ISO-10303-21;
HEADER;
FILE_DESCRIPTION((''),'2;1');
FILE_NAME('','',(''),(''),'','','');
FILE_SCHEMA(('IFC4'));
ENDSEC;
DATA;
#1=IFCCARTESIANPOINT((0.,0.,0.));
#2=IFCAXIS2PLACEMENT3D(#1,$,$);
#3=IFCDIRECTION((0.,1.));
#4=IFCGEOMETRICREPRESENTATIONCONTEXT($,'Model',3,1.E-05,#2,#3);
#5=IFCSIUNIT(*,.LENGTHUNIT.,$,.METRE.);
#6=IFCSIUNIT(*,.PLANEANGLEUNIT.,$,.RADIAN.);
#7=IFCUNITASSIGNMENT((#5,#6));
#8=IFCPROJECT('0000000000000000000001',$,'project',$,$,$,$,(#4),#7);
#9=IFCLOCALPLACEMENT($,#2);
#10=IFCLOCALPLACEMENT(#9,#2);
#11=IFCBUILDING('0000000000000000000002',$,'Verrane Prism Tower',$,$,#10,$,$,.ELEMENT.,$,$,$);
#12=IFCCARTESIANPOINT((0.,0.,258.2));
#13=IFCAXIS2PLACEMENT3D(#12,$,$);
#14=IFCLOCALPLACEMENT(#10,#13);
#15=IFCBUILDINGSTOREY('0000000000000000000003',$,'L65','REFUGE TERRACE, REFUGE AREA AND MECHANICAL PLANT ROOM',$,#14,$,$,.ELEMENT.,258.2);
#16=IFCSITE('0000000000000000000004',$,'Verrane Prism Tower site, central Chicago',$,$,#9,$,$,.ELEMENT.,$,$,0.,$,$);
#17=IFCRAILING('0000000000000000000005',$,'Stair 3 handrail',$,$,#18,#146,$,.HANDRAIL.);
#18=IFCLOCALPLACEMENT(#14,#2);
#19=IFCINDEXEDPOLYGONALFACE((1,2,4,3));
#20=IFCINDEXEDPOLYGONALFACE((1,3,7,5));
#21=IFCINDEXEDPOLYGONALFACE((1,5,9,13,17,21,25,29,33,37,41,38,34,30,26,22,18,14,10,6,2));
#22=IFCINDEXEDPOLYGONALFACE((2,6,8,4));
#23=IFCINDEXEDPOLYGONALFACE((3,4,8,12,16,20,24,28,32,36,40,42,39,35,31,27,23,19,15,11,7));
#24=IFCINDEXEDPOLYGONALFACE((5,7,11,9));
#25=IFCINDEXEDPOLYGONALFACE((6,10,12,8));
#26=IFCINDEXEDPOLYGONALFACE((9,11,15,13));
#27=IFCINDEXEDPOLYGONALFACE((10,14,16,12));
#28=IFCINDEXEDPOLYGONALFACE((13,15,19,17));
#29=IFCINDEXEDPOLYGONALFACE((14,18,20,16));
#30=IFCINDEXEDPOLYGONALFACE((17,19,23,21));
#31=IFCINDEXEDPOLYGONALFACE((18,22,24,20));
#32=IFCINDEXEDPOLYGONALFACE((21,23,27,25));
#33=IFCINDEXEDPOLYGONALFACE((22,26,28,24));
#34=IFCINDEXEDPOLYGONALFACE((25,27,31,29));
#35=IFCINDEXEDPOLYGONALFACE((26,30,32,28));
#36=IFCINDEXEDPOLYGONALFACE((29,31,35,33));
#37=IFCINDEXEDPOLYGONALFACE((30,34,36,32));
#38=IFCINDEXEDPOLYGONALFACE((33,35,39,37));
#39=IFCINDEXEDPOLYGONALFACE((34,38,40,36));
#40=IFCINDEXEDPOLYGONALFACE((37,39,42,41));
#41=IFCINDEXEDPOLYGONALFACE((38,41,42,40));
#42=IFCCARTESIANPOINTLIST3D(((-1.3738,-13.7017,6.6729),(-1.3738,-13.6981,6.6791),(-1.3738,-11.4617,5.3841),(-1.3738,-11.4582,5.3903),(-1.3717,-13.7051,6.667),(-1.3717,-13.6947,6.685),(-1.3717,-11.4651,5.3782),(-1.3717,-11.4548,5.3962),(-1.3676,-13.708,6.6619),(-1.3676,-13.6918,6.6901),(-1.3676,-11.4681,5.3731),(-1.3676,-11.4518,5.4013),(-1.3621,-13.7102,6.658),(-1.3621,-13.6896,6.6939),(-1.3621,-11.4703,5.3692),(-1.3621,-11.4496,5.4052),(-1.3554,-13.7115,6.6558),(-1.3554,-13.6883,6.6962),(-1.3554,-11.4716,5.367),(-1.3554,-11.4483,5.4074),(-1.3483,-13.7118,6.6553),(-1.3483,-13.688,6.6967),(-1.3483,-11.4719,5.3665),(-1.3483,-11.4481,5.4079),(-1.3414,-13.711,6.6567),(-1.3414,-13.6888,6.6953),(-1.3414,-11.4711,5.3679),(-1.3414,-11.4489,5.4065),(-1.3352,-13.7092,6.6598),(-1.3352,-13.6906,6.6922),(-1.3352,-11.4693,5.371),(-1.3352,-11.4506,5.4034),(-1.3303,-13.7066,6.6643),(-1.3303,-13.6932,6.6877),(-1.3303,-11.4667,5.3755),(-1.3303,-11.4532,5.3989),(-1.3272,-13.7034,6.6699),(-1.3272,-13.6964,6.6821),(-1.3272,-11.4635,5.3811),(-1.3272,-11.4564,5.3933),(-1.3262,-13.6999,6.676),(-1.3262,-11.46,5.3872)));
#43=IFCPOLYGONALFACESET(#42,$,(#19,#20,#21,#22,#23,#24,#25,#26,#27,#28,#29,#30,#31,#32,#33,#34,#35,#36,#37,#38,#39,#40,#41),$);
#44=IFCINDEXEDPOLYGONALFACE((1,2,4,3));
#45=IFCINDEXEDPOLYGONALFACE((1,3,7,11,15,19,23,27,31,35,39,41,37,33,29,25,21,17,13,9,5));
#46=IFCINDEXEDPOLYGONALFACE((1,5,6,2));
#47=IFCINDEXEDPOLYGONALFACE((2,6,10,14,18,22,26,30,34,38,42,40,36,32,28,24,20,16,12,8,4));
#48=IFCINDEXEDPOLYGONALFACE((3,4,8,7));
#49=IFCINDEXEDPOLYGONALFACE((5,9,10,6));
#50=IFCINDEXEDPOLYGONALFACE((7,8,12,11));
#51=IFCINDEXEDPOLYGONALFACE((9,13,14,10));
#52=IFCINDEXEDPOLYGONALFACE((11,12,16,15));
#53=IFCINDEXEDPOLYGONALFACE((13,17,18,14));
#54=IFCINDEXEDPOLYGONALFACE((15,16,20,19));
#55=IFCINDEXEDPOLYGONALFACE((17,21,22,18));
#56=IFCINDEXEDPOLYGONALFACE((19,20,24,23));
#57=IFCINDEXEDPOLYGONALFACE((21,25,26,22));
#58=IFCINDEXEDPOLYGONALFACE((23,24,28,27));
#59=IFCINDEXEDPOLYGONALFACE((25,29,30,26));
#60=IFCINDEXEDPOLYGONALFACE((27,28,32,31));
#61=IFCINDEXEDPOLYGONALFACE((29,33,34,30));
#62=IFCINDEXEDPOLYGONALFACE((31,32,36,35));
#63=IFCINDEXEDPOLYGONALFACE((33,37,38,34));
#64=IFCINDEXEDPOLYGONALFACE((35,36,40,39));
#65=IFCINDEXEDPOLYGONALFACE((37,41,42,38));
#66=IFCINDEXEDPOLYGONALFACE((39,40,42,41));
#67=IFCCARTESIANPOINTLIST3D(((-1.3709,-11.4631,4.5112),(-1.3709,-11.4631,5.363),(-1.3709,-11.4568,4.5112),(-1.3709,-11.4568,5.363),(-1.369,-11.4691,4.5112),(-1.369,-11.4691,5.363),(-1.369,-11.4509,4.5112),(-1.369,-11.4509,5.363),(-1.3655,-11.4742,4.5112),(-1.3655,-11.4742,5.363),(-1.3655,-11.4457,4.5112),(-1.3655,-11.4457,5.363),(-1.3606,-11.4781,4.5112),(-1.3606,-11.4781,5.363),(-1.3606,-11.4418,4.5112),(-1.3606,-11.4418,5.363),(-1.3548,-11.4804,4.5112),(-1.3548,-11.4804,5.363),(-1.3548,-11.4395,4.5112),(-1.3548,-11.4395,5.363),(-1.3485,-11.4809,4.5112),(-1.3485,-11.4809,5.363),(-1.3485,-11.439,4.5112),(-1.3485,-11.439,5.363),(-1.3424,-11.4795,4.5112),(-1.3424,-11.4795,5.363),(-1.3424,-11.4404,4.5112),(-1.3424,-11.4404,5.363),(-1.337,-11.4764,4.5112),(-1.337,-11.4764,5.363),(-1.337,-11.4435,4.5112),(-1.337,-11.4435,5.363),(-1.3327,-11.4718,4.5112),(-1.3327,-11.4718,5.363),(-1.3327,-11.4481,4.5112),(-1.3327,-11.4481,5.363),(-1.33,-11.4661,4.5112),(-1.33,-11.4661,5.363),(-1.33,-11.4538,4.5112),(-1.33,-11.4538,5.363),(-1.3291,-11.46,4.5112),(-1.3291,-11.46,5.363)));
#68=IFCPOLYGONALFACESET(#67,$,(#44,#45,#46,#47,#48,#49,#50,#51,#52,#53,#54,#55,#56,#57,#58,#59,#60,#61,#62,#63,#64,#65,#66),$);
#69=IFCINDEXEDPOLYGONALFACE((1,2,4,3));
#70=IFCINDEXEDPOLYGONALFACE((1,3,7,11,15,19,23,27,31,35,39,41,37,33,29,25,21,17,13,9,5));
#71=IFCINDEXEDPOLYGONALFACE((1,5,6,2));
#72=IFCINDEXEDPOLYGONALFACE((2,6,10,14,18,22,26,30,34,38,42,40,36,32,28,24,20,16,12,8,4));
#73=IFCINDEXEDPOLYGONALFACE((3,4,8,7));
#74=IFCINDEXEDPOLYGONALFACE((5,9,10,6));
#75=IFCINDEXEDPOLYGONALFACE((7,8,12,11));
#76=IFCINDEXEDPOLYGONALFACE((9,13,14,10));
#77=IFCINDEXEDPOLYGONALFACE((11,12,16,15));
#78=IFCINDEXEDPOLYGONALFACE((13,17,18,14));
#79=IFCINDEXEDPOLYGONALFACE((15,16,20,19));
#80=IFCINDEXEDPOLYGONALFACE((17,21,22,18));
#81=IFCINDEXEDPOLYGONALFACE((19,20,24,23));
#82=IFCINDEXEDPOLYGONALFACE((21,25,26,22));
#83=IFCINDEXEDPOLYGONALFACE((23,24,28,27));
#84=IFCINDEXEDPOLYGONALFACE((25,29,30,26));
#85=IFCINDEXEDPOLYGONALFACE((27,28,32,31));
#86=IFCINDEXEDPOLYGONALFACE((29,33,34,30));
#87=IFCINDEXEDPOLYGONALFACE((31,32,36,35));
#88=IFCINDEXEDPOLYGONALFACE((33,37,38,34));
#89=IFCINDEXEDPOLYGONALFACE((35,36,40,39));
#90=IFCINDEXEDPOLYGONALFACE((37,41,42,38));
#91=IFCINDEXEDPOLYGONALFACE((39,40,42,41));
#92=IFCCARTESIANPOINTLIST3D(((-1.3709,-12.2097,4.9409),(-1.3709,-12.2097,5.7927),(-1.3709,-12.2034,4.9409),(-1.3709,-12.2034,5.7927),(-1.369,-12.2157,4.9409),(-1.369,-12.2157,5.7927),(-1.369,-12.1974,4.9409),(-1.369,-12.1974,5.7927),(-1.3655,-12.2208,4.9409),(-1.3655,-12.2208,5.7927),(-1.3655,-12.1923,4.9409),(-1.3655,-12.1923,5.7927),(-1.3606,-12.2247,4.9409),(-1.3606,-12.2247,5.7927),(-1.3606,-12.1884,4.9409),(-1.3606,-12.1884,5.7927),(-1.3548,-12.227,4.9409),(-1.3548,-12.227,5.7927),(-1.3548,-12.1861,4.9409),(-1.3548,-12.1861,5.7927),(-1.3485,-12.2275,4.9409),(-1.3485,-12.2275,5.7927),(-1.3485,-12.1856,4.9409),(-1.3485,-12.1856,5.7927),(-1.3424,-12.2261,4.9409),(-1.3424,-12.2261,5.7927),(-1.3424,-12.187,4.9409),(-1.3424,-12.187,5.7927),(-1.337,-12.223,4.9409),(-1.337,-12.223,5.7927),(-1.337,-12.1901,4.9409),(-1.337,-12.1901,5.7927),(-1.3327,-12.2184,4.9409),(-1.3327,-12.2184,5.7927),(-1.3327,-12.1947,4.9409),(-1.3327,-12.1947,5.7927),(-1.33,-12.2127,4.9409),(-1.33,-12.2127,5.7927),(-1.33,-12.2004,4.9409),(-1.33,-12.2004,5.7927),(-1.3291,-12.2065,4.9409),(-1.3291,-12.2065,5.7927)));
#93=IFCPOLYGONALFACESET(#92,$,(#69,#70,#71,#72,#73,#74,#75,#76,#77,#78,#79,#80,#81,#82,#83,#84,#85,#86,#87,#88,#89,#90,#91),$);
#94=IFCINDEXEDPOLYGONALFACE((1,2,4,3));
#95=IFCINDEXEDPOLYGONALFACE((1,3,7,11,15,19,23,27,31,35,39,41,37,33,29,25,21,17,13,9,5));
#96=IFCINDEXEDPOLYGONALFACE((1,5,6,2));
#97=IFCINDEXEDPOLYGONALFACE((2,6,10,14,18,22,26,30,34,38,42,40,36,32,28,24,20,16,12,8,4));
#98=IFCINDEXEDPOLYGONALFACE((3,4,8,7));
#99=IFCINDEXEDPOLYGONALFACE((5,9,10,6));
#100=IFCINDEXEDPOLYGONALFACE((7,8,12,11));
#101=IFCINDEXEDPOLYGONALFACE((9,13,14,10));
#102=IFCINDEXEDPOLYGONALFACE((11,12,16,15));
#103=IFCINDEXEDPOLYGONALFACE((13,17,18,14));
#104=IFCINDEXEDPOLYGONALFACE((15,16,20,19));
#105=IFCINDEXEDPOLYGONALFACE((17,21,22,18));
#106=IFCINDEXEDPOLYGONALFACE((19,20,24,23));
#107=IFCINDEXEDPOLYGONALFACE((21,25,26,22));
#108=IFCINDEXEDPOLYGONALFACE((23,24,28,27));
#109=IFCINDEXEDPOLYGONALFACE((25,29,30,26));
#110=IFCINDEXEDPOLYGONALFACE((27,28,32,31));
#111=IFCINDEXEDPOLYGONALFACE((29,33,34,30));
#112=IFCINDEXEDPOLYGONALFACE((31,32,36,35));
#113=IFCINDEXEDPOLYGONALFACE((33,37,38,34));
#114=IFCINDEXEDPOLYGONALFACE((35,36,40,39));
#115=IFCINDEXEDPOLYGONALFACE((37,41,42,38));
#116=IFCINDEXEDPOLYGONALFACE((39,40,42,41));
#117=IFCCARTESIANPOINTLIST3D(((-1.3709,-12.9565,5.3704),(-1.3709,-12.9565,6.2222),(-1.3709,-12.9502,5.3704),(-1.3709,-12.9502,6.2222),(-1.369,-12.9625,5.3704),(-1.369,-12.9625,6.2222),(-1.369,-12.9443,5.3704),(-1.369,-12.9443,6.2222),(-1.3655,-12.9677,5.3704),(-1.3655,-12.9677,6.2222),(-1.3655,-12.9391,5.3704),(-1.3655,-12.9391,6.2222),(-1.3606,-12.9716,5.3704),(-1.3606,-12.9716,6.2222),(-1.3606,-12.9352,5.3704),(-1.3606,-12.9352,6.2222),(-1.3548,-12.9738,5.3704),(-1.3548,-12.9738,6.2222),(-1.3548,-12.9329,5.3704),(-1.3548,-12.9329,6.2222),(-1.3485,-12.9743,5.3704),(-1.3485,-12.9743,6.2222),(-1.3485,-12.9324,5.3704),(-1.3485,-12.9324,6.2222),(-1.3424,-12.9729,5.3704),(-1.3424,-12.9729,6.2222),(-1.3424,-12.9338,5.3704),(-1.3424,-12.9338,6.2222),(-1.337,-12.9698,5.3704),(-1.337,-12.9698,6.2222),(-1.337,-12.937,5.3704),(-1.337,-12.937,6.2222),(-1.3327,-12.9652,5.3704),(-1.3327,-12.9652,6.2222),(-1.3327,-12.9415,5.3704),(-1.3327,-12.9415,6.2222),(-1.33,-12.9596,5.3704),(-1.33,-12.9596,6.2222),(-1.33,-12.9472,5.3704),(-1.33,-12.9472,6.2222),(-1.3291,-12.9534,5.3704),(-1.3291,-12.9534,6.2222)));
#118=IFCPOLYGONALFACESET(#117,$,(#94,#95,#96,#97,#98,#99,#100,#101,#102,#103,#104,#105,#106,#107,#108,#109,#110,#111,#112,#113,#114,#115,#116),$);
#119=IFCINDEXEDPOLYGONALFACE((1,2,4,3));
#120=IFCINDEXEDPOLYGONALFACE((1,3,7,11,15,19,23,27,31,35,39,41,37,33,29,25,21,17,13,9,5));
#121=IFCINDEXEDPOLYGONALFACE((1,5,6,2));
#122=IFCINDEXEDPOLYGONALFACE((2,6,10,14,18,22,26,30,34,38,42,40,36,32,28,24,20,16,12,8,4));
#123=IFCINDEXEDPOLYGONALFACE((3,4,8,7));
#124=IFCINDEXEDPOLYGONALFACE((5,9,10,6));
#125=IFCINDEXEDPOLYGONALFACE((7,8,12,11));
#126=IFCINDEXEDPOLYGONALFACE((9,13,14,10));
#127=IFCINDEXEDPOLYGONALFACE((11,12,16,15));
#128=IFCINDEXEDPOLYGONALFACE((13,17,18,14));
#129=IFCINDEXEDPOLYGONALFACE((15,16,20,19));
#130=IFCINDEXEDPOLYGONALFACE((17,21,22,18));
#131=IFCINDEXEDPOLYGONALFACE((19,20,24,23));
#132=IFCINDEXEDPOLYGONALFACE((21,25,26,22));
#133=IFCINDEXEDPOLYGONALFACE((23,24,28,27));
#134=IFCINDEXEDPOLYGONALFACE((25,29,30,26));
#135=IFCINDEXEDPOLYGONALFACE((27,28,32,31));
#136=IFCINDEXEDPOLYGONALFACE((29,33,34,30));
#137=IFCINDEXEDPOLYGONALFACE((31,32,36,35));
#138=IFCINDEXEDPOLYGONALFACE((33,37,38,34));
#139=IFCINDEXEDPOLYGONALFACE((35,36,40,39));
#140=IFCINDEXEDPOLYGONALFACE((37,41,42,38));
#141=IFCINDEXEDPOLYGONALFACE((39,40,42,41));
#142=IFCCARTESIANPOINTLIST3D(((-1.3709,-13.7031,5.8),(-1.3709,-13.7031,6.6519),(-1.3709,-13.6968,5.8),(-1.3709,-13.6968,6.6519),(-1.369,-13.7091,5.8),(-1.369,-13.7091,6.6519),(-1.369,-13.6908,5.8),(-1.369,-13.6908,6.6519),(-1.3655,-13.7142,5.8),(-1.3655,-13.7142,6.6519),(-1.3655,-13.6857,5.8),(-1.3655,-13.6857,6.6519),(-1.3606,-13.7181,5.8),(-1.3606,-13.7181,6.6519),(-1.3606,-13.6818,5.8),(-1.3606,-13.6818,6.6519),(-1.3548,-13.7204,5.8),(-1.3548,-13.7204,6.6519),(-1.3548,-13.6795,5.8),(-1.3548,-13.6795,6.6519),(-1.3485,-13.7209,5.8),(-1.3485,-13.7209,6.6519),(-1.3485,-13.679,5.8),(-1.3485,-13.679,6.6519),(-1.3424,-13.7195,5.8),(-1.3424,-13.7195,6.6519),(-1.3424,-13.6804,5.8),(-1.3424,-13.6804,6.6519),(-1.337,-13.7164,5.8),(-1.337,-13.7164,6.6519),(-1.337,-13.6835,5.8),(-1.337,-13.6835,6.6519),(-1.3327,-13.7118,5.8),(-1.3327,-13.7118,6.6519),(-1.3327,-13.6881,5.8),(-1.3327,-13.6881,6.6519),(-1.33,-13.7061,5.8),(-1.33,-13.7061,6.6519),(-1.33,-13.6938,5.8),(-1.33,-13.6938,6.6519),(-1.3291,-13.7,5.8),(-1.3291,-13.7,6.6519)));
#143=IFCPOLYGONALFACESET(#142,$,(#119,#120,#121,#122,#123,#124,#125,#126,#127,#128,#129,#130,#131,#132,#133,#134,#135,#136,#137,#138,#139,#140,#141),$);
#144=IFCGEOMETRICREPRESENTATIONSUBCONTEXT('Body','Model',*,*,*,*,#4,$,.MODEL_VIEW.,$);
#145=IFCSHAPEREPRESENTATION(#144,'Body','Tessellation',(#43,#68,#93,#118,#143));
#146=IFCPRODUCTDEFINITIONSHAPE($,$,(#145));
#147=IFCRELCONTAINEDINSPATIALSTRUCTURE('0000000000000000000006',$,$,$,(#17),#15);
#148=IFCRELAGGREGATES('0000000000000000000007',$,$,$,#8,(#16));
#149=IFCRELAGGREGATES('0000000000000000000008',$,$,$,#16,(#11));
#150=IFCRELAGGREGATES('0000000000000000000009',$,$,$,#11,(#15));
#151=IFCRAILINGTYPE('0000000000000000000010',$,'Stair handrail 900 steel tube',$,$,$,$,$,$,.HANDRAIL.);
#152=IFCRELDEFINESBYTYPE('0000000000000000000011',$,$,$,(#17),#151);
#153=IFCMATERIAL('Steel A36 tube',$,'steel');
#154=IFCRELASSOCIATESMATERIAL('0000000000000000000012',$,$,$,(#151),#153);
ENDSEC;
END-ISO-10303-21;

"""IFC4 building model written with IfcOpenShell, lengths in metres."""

from ifc_helpers import new_model, si_unit, direction, frame, origin, origin_2d, place, context, subcontext, project, spatial, circle, extrude, material, type_object, element, save


model = new_model("IFC4")

# Units and contexts
model_context = context("Model", 3, precision=1e-05, world=origin(), true_north=direction((0.0, 1.0)))
body_context = subcontext(model_context, "Body", "Model", "MODEL_VIEW")
ifc_project = project(units=[si_unit("LENGTHUNIT", "METRE"), si_unit("PLANEANGLEUNIT", "RADIAN")], contexts=[model_context])

# Site, building, storey
site_placement = place(None, origin())
site = spatial("IfcSite", under=ifc_project, at=site_placement, Name="Verrane Prism Tower site, central Chicago", CompositionType="ELEMENT", RefElevation=0.0)
building_placement = place(site_placement, origin())
building = spatial("IfcBuilding", under=site, at=building_placement, Name="Verrane Prism Tower", CompositionType="ELEMENT")
storey_placement = place(building_placement, frame((0.0, 0.0, 258.2)))
storey = spatial("IfcBuildingStorey", under=building, at=storey_placement, Name="L65", Description="REFUGE TERRACE, REFUGE AREA AND MECHANICAL PLANT ROOM", CompositionType="ELEMENT", Elevation=258.2)

# Railing
ifc_material_1 = material(Name="Steel A36 tube", Category="steel")
railing_type = type_object("IfcRailingType", Name="Stair handrail 900 steel tube", PredefinedType="HANDRAIL", material=ifc_material_1)
railing_1_placement = place(storey_placement, frame((-1.3501, -11.46, 4.5112)))
element("IfcRailing", 1, at=railing_1_placement, inside=storey, type_object=railing_type, Name="Stair 3 handrail", PredefinedType="HANDRAIL", context=body_context, shape_type="SweptSolid", body=[
    extrude(circle(Radius=0.0239, at=origin_2d()), frame((0.0, 0.0, 0.876), z_axis=(0.0, -0.866768, 0.498711), x_axis=(1.0, 0.0, 0.0)), (0.0, 0.0, 1.0), 2.5842),
    extrude(circle(Radius=0.021, at=origin_2d()), origin(), (0.0, 0.0, 1.0), 0.8518),
    extrude(circle(Radius=0.021, at=origin_2d()), frame((0.0, -0.7466, 0.4297)), (0.0, 0.0, 1.0), 0.8518),
    extrude(circle(Radius=0.021, at=origin_2d()), frame((0.0, -1.4934, 0.8591)), (0.0, 0.0, 1.0), 0.8518),
    extrude(circle(Radius=0.021, at=origin_2d()), frame((0.0, -2.24, 1.2888)), (0.0, 0.0, 1.0), 0.8518),
])

save(model, "model.ifc")
